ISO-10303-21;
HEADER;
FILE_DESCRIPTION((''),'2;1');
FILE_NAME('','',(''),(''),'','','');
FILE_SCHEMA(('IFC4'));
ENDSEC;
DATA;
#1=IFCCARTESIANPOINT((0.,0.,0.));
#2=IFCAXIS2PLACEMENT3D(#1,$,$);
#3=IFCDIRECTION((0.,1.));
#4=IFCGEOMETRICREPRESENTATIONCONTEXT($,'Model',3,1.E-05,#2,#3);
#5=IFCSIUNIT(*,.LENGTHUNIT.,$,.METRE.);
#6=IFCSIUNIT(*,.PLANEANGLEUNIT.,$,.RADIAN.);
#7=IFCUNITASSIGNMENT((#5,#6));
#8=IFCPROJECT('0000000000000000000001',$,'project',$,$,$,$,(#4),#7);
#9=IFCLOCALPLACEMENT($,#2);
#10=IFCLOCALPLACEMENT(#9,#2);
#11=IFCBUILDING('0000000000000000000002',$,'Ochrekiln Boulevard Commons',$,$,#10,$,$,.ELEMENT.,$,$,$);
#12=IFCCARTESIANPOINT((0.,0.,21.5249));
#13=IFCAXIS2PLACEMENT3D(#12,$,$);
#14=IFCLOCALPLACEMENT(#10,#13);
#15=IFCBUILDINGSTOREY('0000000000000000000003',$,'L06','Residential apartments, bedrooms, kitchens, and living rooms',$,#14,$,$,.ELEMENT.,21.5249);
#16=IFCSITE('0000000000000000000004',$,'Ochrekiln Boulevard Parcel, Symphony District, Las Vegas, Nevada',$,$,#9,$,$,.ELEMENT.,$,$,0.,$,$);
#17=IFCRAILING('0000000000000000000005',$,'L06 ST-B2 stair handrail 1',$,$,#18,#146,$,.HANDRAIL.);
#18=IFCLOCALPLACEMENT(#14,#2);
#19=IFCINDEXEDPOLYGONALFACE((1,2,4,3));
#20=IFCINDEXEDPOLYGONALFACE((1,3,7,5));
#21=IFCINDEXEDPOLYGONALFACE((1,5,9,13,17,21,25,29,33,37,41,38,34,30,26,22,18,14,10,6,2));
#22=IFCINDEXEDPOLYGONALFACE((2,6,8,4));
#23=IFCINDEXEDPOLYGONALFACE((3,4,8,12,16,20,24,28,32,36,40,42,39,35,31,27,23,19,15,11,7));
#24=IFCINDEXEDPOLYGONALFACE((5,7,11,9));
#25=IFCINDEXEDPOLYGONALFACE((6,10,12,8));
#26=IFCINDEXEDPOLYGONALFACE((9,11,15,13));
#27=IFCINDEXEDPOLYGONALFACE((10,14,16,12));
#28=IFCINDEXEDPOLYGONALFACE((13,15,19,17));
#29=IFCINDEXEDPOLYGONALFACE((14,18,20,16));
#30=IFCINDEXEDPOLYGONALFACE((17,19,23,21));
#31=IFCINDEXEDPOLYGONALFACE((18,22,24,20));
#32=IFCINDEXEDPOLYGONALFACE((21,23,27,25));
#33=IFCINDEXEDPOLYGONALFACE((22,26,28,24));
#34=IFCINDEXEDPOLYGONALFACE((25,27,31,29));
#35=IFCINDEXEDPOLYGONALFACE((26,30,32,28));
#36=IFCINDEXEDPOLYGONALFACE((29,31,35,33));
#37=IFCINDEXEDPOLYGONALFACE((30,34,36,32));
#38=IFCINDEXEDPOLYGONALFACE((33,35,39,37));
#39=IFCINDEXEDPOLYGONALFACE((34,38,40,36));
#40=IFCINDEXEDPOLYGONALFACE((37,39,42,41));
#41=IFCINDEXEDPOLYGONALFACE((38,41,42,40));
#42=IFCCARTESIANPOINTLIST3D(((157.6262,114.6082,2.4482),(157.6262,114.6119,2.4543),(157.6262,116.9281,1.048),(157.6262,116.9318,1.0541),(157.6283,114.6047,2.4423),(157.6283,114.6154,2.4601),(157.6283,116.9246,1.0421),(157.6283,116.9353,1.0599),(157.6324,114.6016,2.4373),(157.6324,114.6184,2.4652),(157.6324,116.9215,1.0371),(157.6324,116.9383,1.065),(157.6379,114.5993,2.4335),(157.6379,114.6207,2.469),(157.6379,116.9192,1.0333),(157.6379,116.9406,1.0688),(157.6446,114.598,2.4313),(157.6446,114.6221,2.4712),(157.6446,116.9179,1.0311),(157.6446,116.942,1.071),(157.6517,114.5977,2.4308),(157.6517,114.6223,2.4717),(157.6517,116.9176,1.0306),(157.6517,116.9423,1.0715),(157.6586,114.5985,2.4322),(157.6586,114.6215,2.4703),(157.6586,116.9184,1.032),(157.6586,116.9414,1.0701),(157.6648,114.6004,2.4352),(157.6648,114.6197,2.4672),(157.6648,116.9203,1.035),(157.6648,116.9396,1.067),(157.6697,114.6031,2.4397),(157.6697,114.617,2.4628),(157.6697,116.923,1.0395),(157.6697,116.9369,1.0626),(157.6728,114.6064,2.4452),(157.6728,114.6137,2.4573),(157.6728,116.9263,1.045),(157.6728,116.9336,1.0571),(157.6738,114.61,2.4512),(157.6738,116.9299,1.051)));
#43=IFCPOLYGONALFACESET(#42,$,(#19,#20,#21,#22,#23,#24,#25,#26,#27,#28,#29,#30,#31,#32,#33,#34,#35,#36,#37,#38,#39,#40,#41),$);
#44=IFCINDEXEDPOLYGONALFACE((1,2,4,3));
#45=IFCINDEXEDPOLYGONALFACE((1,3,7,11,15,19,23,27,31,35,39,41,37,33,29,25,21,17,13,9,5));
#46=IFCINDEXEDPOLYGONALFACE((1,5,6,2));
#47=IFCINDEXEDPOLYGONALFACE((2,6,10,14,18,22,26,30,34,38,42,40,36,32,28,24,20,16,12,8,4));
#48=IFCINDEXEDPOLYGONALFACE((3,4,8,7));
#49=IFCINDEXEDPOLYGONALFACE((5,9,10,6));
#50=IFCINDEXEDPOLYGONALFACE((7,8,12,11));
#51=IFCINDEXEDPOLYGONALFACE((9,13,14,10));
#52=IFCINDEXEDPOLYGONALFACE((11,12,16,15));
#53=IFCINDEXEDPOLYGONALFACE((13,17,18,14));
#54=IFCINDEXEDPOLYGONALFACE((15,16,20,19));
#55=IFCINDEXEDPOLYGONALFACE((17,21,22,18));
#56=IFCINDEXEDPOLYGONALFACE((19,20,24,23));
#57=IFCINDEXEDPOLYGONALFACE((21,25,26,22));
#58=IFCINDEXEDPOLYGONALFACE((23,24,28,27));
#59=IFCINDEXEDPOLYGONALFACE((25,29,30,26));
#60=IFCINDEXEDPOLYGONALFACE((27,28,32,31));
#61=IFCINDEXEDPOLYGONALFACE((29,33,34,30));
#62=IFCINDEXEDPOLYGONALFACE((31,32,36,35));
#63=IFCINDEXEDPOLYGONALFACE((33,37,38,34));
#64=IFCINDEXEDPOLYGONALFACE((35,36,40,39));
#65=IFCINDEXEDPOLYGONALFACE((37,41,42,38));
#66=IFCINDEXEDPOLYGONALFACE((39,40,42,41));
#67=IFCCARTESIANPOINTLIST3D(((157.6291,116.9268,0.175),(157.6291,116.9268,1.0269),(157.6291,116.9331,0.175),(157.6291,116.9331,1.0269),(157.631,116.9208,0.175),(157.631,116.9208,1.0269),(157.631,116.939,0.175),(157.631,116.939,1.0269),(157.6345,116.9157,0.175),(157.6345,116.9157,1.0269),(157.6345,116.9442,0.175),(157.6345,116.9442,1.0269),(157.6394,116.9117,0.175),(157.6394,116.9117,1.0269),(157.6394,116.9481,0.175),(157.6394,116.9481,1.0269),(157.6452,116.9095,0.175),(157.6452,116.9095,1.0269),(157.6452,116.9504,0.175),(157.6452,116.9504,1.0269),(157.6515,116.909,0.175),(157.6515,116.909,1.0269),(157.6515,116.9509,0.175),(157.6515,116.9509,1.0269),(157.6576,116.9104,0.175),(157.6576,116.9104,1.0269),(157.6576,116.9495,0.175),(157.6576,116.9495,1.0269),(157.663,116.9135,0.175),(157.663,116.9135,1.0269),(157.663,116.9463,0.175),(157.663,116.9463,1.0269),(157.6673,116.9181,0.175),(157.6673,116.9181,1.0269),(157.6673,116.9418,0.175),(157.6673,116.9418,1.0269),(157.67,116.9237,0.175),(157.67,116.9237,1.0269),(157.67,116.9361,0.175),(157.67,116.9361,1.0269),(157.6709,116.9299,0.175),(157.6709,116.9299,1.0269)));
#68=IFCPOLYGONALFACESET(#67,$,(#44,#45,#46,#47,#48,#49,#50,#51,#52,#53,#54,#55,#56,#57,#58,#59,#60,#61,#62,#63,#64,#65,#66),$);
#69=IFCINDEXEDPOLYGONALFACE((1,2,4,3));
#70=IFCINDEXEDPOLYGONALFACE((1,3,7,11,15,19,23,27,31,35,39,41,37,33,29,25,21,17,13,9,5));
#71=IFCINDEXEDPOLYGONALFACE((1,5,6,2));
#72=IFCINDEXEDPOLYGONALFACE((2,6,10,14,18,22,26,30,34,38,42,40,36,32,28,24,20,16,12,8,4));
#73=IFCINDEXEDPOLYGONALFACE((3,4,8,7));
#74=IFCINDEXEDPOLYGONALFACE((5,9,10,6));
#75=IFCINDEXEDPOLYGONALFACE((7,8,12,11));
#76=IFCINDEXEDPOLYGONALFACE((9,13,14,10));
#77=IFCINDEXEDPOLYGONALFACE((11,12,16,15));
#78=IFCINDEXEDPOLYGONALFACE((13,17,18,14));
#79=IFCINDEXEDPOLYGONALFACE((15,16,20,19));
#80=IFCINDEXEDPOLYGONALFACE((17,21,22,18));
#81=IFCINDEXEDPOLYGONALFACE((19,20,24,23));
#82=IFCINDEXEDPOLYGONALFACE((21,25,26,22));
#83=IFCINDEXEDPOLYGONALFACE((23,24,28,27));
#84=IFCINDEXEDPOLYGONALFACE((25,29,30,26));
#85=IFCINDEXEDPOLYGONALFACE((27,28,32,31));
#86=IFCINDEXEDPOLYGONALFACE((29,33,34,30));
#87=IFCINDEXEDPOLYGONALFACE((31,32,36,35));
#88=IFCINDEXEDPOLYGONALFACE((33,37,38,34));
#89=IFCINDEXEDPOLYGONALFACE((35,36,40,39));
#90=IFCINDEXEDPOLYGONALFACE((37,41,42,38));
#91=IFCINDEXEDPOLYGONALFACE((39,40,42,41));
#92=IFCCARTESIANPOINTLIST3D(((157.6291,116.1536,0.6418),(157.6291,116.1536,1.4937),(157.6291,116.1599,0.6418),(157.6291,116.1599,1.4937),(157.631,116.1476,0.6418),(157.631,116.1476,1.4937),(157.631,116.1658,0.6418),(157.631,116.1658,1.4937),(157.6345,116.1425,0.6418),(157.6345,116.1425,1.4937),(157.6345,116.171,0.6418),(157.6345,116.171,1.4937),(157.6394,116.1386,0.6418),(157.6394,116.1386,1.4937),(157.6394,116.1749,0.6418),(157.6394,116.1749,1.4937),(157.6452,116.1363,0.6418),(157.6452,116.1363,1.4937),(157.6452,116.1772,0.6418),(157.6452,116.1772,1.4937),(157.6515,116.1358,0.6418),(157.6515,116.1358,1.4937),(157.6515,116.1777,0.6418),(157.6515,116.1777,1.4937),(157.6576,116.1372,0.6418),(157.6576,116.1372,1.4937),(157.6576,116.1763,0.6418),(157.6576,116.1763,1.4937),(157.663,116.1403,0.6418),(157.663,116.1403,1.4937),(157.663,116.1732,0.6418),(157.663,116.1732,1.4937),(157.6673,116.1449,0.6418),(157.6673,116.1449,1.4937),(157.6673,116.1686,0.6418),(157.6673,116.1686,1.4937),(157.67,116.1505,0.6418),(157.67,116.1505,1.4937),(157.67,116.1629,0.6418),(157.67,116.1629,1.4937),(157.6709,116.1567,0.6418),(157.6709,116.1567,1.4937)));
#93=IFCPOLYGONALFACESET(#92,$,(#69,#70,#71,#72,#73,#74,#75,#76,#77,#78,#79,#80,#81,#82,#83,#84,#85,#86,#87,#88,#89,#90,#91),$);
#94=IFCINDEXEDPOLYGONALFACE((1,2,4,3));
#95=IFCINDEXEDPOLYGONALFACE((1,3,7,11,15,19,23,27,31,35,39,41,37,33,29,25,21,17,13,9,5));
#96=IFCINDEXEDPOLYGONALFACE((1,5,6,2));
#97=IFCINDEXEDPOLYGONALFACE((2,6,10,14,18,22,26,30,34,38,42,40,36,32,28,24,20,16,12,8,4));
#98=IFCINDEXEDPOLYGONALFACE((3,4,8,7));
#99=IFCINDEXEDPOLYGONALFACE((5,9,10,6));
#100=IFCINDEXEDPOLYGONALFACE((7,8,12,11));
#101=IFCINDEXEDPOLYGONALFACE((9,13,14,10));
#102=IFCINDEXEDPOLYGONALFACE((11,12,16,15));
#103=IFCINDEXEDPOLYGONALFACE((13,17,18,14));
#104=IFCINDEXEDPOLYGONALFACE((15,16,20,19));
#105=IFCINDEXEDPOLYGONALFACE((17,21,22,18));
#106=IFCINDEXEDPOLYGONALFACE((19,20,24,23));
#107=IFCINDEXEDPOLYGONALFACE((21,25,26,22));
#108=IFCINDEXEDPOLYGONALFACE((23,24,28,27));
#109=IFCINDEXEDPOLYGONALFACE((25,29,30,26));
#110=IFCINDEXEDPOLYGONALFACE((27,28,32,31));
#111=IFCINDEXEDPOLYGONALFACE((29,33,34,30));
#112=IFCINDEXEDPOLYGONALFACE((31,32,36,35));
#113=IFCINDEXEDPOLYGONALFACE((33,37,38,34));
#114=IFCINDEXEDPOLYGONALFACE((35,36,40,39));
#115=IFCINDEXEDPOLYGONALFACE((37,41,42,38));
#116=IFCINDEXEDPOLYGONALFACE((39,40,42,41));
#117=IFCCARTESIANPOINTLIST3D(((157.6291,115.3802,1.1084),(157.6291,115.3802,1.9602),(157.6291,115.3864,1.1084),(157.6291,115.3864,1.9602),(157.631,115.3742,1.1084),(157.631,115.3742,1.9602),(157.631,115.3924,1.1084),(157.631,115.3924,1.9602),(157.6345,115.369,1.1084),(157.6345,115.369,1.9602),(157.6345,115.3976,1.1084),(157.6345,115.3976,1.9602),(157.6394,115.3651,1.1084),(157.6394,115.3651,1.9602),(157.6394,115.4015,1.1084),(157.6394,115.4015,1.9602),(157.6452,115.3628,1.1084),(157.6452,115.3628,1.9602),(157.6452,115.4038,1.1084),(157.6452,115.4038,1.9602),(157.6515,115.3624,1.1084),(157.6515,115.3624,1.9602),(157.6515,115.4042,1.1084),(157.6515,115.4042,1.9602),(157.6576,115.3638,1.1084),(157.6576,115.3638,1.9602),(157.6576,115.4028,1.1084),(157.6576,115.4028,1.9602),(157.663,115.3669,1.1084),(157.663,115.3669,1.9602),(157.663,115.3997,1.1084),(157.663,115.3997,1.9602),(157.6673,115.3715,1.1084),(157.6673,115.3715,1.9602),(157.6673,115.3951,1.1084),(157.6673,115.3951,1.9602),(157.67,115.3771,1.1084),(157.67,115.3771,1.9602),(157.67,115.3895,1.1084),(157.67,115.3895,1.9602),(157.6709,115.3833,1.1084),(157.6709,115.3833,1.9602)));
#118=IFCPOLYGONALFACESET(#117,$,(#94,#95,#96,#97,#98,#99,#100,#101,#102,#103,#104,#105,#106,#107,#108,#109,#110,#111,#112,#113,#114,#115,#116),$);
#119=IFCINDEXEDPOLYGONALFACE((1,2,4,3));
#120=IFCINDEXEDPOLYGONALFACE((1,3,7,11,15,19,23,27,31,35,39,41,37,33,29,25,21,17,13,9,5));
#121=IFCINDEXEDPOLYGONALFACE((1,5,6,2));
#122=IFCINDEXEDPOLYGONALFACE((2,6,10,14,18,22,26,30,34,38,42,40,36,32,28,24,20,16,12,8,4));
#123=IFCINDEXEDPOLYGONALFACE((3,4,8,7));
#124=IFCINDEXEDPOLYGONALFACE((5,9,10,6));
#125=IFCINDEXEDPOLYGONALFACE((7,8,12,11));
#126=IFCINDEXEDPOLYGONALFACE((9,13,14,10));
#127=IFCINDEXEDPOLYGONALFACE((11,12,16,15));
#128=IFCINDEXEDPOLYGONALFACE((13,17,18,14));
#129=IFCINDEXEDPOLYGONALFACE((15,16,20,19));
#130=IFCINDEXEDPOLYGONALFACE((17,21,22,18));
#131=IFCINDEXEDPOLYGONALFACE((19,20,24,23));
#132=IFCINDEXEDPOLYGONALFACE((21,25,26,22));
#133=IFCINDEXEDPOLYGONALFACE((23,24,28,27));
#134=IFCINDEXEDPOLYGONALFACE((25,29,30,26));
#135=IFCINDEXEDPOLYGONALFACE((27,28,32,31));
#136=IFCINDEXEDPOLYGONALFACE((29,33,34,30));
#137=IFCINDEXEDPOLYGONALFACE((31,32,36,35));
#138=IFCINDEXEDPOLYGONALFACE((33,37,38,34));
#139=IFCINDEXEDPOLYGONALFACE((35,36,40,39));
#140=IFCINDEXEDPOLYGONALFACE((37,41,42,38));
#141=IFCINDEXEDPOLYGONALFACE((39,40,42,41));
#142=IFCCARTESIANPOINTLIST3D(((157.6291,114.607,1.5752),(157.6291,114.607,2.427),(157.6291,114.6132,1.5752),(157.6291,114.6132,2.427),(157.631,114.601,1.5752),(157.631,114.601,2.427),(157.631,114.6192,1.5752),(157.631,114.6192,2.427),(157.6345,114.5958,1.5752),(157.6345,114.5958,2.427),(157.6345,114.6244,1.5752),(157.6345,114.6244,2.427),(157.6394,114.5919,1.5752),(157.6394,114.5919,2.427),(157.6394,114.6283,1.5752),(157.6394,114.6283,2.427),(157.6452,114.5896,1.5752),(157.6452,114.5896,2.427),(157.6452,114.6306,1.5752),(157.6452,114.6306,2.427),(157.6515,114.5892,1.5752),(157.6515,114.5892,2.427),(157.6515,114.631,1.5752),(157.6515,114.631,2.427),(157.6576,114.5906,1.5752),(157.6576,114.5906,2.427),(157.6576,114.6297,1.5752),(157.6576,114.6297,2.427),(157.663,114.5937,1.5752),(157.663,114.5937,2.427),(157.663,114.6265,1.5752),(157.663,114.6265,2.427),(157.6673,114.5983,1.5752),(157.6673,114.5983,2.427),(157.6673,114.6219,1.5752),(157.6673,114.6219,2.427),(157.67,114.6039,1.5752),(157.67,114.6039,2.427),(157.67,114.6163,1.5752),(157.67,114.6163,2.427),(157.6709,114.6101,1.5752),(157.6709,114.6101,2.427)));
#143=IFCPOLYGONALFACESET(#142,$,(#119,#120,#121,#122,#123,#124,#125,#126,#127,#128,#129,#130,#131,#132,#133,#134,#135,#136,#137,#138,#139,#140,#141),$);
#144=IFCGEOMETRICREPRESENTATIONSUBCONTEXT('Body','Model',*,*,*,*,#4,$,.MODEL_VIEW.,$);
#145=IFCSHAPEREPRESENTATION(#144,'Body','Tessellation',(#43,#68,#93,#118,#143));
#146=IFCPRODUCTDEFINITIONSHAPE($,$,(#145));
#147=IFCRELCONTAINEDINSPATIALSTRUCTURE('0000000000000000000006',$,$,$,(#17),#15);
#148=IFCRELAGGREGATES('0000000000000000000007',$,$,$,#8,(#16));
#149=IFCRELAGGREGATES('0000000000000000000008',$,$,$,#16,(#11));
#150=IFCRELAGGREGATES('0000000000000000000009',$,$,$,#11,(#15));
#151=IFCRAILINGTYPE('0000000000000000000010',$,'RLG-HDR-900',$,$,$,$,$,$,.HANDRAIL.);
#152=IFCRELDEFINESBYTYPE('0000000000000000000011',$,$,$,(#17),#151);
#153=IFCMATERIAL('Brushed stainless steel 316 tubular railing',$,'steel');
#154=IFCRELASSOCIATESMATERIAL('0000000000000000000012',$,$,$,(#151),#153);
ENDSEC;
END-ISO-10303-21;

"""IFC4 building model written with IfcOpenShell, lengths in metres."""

from ifc_helpers import new_model, si_unit, direction, frame, origin, origin_2d, place, context, subcontext, project, spatial, circle, extrude, material, type_object, element, save


model = new_model("IFC4")

# Units and contexts
model_context = context("Model", 3, precision=1e-05, world=origin(), true_north=direction((0.0, 1.0)))
body_context = subcontext(model_context, "Body", "Model", "MODEL_VIEW")
ifc_project = project(units=[si_unit("LENGTHUNIT", "METRE"), si_unit("PLANEANGLEUNIT", "RADIAN")], contexts=[model_context])

# Site, building, storey
site_placement = place(None, origin())
site = spatial("IfcSite", under=ifc_project, at=site_placement, Name="Ochrekiln Boulevard Parcel, Symphony District, Las Vegas, Nevada", CompositionType="ELEMENT", RefElevation=0.0)
building_placement = place(site_placement, origin())
building = spatial("IfcBuilding", under=site, at=building_placement, Name="Ochrekiln Boulevard Commons", CompositionType="ELEMENT")
storey_placement = place(building_placement, frame((0.0, 0.0, 21.5249)))
storey = spatial("IfcBuildingStorey", under=building, at=storey_placement, Name="L06", Description="Residential apartments, bedrooms, kitchens, and living rooms", CompositionType="ELEMENT", Elevation=21.5249)

# Railing
ifc_material_1 = material(Name="Brushed stainless steel 316 tubular railing", Category="steel")
railing_type_1 = type_object("IfcRailingType", Name="RLG-HDR-900", PredefinedType="HANDRAIL", material=ifc_material_1)
railing_1_placement = place(storey_placement, frame((157.6499, 116.9299, 0.175)))
element("IfcRailing", 1, at=railing_1_placement, inside=storey, type_object=railing_type_1, Name="L06 ST-B2 stair handrail 1", PredefinedType="HANDRAIL", context=body_context, shape_type="SweptSolid", body=[
    extrude(circle(Radius=0.0239, at=origin_2d()), frame((0.0, 0.0, 0.876), z_axis=(0.0, -0.856146, 0.516733), x_axis=(1.0, 0.0, 0.0)), (0.0, 0.0, 1.0), 2.7097),
    extrude(circle(Radius=0.021, at=origin_2d()), origin(), (0.0, 0.0, 1.0), 0.8518),
    extrude(circle(Radius=0.021, at=origin_2d()), frame((0.0, -0.7732, 0.4668)), (0.0, 0.0, 1.0), 0.8518),
    extrude(circle(Radius=0.021, at=origin_2d()), frame((0.0, -1.5466, 0.9333)), (0.0, 0.0, 1.0), 0.8518),
    extrude(circle(Radius=0.021, at=origin_2d()), frame((0.0, -2.3198, 1.4001)), (0.0, 0.0, 1.0), 0.8518),
])

save(model, "model.ifc")
